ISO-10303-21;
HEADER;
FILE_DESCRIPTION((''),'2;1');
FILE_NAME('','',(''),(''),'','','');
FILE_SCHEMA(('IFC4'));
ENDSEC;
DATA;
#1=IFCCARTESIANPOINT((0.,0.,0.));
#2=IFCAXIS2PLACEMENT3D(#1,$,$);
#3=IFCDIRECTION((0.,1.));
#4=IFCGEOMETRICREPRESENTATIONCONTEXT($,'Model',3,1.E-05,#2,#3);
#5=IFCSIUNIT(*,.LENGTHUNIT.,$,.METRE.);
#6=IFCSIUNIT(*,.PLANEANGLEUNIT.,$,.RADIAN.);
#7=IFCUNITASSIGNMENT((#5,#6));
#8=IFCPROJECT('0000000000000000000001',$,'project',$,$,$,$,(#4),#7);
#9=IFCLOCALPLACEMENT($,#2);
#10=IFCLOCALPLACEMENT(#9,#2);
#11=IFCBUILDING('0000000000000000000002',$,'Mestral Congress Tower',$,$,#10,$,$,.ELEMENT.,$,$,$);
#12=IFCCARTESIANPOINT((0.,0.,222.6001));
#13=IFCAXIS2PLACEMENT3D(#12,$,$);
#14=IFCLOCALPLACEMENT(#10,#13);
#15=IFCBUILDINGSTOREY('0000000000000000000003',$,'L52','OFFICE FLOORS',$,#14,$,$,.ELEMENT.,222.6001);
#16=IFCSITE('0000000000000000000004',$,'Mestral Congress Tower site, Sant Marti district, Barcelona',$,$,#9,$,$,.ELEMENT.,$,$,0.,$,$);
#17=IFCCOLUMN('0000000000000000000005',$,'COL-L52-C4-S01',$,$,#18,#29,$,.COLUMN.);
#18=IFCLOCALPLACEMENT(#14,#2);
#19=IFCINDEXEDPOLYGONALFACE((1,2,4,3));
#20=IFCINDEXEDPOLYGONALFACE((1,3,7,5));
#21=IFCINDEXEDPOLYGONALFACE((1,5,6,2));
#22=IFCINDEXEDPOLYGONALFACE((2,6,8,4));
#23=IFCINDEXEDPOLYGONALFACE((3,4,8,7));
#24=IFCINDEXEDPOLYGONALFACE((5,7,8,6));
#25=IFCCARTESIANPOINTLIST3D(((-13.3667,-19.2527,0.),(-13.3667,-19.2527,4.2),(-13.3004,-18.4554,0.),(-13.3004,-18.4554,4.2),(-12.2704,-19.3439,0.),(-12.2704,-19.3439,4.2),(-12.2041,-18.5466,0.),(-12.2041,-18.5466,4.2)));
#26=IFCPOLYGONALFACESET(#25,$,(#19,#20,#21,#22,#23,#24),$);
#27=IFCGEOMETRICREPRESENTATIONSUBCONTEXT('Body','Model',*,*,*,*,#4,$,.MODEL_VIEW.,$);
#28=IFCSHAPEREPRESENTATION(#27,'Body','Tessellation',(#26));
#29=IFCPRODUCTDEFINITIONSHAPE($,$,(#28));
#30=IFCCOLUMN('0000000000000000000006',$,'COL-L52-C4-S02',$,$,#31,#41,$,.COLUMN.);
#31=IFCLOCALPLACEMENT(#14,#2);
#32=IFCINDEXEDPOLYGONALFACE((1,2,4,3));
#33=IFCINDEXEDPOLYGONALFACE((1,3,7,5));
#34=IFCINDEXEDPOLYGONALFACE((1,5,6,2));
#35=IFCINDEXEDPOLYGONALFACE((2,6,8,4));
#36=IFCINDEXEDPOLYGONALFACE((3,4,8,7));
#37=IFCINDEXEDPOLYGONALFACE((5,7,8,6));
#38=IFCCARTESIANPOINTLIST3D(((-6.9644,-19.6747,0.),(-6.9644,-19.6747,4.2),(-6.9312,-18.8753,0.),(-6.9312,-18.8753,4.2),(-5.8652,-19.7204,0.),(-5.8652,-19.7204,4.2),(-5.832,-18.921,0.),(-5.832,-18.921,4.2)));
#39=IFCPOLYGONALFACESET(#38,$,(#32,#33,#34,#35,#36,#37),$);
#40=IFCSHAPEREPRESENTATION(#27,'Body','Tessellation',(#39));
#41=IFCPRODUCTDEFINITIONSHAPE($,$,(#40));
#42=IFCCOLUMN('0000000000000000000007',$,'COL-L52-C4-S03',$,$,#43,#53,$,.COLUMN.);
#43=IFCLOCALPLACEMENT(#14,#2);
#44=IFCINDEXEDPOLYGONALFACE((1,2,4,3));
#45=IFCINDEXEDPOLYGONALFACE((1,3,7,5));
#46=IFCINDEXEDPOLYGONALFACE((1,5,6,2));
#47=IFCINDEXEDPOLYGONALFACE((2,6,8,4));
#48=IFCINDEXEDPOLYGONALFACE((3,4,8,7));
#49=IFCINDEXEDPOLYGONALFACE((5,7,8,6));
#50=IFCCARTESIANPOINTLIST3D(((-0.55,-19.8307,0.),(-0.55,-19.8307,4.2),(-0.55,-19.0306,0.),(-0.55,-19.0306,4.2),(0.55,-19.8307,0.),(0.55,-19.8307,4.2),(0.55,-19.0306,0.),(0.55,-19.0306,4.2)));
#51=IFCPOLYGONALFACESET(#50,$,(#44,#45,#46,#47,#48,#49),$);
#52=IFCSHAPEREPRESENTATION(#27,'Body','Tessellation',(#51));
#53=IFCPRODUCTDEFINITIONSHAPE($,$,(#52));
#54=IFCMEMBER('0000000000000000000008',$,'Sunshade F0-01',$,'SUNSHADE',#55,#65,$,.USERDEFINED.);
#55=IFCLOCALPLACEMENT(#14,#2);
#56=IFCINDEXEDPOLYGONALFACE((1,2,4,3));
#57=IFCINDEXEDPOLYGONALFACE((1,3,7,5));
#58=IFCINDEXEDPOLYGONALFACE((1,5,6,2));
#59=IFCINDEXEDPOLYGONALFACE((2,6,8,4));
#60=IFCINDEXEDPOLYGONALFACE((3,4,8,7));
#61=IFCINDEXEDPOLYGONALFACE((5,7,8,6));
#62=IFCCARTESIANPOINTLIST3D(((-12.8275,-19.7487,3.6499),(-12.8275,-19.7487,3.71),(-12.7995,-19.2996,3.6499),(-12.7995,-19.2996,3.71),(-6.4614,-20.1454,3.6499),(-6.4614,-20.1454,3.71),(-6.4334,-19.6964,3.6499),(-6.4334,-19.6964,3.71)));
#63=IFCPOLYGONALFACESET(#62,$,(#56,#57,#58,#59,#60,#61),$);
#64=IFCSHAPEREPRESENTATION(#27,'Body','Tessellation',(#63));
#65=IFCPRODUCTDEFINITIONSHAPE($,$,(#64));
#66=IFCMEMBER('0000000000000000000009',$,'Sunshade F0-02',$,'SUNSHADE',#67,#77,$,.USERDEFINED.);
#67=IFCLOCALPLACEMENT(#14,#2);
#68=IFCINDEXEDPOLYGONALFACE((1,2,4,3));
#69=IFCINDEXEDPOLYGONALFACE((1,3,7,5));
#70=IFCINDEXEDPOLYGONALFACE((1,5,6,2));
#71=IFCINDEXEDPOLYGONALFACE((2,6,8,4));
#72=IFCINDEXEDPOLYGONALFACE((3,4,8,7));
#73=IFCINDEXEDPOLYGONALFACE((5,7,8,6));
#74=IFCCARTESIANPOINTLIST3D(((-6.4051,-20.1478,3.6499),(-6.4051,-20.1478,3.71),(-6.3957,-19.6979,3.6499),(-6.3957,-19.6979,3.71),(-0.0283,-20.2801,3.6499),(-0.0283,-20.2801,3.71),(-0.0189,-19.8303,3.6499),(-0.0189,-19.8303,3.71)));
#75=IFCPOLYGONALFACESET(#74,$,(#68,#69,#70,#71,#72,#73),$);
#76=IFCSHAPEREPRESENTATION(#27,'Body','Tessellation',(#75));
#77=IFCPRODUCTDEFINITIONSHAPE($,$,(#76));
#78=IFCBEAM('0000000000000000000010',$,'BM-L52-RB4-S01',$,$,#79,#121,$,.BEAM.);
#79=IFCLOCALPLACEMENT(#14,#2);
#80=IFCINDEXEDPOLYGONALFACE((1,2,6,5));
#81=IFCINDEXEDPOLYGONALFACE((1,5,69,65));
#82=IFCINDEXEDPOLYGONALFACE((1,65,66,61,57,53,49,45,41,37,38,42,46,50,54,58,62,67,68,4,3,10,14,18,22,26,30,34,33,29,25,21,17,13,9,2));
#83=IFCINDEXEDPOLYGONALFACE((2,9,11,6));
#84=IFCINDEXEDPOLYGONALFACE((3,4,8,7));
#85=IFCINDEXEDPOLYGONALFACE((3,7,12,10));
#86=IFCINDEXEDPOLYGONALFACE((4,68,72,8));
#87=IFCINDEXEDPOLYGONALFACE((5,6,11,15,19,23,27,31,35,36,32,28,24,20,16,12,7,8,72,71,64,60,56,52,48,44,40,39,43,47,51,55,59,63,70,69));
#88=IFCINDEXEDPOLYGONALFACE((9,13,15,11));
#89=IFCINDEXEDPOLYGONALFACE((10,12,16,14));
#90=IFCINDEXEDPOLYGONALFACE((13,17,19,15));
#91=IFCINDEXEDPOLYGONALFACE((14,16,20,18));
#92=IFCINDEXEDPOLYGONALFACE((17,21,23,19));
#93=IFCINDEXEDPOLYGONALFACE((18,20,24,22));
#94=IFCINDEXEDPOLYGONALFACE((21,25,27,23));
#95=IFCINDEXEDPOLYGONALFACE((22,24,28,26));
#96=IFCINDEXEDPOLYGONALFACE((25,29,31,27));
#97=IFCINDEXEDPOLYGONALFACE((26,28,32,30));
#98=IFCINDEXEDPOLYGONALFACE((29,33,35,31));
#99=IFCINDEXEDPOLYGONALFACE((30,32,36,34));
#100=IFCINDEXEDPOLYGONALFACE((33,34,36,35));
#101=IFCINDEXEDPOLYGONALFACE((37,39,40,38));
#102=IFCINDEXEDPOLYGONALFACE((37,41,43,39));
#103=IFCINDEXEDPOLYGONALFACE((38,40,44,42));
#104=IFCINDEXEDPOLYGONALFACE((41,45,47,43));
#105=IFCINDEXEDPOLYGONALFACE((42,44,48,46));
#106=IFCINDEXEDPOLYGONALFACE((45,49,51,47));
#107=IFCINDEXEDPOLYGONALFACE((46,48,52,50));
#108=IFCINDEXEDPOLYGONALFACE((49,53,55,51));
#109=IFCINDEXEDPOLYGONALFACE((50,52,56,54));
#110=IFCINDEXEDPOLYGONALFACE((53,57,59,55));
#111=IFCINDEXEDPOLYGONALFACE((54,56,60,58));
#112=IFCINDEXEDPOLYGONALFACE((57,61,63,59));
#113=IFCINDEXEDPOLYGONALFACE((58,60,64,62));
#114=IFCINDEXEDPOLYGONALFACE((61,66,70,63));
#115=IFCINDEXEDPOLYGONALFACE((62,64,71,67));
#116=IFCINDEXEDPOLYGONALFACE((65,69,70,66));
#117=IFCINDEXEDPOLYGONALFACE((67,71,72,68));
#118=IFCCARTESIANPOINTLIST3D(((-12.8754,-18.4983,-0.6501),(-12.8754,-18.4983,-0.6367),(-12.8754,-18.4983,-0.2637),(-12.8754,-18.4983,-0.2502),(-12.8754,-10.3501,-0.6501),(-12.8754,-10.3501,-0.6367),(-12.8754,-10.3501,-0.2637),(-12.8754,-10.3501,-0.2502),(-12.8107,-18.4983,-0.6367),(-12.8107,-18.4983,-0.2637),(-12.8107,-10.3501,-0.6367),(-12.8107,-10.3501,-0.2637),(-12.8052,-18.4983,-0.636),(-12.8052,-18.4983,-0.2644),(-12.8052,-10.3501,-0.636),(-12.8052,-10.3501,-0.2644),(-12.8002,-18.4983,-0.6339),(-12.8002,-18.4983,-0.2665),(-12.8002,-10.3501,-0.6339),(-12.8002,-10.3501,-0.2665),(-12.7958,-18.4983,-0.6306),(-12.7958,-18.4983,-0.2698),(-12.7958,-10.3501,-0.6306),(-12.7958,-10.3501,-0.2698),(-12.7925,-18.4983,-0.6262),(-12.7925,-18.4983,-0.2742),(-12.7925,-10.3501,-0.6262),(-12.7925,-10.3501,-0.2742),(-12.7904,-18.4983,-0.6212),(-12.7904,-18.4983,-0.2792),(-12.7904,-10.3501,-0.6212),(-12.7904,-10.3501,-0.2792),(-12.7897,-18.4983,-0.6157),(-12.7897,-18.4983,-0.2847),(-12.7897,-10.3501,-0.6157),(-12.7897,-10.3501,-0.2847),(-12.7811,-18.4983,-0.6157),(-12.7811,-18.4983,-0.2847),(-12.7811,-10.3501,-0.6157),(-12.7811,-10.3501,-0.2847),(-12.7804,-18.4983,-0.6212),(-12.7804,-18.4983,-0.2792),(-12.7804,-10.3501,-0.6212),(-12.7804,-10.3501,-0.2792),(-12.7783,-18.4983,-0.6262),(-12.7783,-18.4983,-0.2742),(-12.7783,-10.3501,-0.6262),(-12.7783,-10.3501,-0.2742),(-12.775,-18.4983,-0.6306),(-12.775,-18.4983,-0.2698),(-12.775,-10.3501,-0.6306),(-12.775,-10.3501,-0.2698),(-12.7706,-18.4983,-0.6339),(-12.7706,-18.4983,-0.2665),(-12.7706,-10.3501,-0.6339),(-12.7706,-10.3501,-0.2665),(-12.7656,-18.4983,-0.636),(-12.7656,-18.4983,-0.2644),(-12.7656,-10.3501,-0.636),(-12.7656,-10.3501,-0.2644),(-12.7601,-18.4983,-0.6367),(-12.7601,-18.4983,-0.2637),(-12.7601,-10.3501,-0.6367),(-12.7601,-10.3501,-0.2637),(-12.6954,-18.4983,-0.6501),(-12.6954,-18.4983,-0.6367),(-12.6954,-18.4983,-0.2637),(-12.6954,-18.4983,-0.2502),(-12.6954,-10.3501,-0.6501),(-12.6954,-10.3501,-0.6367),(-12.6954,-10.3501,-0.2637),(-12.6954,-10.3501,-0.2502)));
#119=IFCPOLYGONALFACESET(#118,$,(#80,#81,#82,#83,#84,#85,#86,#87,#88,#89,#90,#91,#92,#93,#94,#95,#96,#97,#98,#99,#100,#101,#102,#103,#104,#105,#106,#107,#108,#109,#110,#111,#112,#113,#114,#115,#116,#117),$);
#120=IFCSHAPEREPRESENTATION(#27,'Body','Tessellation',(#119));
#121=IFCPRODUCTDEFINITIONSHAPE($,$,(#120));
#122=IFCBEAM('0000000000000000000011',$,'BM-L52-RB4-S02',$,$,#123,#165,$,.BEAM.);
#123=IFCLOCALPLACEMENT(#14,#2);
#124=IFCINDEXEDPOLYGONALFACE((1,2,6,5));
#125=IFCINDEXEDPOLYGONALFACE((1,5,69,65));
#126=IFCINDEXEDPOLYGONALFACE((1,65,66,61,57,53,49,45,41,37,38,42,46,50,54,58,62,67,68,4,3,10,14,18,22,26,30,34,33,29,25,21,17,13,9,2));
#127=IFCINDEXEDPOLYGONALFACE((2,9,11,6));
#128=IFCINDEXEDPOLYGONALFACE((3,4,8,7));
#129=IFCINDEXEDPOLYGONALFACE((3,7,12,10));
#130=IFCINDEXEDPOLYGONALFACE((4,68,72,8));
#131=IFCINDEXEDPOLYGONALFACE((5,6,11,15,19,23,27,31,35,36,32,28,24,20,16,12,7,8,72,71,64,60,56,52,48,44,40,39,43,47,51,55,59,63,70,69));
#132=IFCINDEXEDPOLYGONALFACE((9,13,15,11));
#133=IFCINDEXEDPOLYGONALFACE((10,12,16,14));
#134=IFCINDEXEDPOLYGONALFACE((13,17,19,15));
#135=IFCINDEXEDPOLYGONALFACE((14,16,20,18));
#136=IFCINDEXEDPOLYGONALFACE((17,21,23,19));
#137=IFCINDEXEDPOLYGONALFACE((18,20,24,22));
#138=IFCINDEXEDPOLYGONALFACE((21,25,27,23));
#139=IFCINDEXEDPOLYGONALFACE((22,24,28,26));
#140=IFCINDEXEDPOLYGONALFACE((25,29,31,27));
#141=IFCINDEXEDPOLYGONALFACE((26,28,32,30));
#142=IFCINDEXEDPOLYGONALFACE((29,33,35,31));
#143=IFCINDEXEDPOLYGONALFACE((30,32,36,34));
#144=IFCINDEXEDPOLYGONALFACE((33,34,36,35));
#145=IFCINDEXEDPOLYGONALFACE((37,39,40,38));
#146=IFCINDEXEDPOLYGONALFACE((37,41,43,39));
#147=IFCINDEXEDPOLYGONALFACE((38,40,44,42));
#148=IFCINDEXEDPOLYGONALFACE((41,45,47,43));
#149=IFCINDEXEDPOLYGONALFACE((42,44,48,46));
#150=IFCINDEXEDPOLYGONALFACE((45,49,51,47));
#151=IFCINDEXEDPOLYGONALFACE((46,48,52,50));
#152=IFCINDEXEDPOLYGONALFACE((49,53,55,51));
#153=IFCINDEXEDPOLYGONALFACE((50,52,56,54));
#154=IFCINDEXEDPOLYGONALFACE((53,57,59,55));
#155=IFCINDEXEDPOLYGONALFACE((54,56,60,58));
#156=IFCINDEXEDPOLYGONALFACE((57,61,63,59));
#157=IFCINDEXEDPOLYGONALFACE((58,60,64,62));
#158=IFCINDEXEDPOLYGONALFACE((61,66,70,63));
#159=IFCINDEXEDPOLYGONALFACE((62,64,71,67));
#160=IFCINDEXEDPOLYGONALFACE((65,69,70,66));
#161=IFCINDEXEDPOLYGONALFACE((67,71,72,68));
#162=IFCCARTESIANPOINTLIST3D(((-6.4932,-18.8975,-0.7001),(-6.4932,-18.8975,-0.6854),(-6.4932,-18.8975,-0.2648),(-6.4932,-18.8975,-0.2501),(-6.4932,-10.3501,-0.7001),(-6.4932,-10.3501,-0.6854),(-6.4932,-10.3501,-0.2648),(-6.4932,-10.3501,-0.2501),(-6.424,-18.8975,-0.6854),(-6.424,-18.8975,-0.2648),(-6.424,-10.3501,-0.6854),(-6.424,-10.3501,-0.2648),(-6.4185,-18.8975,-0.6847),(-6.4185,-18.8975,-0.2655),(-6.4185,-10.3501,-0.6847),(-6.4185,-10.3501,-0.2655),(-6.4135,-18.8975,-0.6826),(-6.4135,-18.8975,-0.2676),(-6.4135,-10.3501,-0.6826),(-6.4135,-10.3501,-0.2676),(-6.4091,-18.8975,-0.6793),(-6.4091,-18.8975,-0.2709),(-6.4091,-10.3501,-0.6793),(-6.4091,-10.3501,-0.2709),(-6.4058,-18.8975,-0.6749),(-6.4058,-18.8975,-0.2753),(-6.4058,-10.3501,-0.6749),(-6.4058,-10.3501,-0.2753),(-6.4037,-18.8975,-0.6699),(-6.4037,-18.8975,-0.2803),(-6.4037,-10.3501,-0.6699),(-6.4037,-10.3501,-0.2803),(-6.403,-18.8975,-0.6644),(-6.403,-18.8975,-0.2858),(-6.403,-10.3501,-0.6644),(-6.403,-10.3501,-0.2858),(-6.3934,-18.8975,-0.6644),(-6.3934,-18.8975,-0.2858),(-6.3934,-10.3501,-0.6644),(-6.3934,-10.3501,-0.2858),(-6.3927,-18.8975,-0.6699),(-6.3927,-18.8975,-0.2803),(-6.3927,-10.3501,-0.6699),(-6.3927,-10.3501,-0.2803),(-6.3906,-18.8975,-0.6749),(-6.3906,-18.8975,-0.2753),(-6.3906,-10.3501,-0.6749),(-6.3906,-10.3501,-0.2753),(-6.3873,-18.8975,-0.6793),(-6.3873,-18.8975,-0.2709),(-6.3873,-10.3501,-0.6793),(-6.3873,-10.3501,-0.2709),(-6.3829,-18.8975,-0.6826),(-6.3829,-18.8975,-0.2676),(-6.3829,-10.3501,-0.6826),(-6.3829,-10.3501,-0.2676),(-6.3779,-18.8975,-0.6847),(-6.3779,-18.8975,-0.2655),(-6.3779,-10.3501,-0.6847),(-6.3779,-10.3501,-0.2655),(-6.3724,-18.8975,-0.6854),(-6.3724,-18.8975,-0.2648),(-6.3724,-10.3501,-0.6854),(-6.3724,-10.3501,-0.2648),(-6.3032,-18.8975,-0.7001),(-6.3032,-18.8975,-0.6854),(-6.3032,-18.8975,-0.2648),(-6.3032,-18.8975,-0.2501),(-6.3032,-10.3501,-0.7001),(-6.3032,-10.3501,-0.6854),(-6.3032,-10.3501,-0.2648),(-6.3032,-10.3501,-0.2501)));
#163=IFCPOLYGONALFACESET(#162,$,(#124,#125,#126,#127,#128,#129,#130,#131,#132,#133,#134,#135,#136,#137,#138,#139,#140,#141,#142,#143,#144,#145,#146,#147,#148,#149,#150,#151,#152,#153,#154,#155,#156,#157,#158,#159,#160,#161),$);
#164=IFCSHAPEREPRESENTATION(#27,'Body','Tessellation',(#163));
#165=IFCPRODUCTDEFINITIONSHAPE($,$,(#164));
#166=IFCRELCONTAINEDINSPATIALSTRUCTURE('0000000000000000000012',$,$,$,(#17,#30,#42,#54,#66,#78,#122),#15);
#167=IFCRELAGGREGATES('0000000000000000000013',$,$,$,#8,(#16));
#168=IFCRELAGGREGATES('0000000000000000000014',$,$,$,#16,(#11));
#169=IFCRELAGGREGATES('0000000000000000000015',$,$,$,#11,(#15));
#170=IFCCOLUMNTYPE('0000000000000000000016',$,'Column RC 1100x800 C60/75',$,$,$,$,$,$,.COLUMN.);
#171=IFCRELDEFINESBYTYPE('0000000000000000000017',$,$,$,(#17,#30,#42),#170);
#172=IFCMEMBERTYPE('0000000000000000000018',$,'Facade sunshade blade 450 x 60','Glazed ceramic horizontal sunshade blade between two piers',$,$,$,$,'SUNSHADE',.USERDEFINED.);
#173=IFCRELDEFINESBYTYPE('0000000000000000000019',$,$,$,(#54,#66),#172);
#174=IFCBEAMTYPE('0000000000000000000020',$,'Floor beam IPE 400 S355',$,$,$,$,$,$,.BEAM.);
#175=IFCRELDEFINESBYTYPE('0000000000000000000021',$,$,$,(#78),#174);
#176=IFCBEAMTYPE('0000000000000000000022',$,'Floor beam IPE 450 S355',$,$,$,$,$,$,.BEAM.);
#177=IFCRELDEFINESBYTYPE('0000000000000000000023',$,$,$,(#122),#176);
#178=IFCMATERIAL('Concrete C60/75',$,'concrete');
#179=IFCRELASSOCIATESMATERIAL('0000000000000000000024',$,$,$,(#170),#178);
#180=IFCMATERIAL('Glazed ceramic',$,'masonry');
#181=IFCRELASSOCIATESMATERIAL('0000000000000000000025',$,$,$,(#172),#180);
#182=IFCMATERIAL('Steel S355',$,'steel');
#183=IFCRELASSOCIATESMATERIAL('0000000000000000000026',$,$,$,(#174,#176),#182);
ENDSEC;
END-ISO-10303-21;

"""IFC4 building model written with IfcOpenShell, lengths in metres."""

from ifc_helpers import new_model, si_unit, direction, frame, origin, origin_2d, place, context, subcontext, project, spatial, rectangle, i_section, extrude, material, material_profile, profile_set, type_object, element, save


model = new_model("IFC4")

# Units and contexts
model_context = context("Model", 3, precision=1e-05, world=origin(), true_north=direction((0.0, 1.0)))
body_context = subcontext(model_context, "Body", "Model", "MODEL_VIEW")
ifc_project = project(units=[si_unit("LENGTHUNIT", "METRE"), si_unit("PLANEANGLEUNIT", "RADIAN")], contexts=[model_context])

# Site, building, storey
site_placement = place(None, origin())
site = spatial("IfcSite", under=ifc_project, at=site_placement, Name="Mestral Congress Tower site, Sant Marti district, Barcelona", CompositionType="ELEMENT", RefElevation=0.0)
building_placement = place(site_placement, origin())
building = spatial("IfcBuilding", under=site, at=building_placement, Name="Mestral Congress Tower", CompositionType="ELEMENT")
storey_placement = place(building_placement, frame((0.0, 0.0, 222.6001)))
storey = spatial("IfcBuildingStorey", under=building, at=storey_placement, Name="L52", Description="OFFICE FLOORS", CompositionType="ELEMENT", Elevation=222.6001)

# Columns
ifc_material_1 = material(Name="Concrete C60/75", Category="concrete")
ifc_material_profile_1 = material_profile(ifc_material_1, rectangle(XDim=1.1001, YDim=0.8, at=origin_2d()), Name="RC 1100x800")
ifc_profile_set_1 = profile_set([ifc_material_profile_1], Name="Concrete C60/75")
column_type = type_object("IfcColumnType", Name="Column RC 1100x800 C60/75", PredefinedType="COLUMN", material=ifc_profile_set_1)
for number, where, z_axis, x_axis, name in (
    (1, (-12.7854, -18.8997, 0.0), (0.0, 0.0, 1.0), (0.996557, -0.082914, 0.0), "COL-L52-C4-S01"),
    (2, (-6.3982, -19.2979, 0.0), (0.0, 0.0, 1.0), (0.999139, -0.041492, 0.0), "COL-L52-C4-S02"),
    (3, (0.0, -19.4307, 0.0), (0.0, 0.0, 1.0), (1.0, 0.0, 0.0), "COL-L52-C4-S03"),
):
    element("IfcColumn", number, at=place(storey_placement, frame(where, z_axis=z_axis, x_axis=x_axis)), inside=storey, type_object=column_type, Name=name, PredefinedType="COLUMN", context=body_context, shape_type="SweptSolid", body=[
        extrude(rectangle(XDim=1.1001, YDim=0.8, at=origin_2d()), origin(), (0.0, 0.0, 1.0), 4.2),
    ])

# Members
ifc_material_2 = material(Name="Glazed ceramic", Category="masonry")
ifc_material_profile_2 = material_profile(ifc_material_2, rectangle(XDim=0.45, YDim=0.0601, at=origin_2d()), Name="Ceramic blade 450 x 60")
ifc_profile_set_2 = profile_set([ifc_material_profile_2], Name="Glazed ceramic")
member_type = type_object("IfcMemberType", Name="Facade sunshade blade 450 x 60", Description="Glazed ceramic horizontal sunshade blade between two piers", ElementType="SUNSHADE", PredefinedType="USERDEFINED", material=ifc_profile_set_2)
member_1_placement = place(storey_placement, frame((-12.8135, -19.5242, 3.6799), z_axis=(0.998064, -0.0622, 0.0), x_axis=(0.0622, 0.998064, 0.0)))
element("IfcMember", 4, at=member_1_placement, inside=storey, type_object=member_type, Name="Sunshade F0-01", ObjectType="SUNSHADE", PredefinedType="USERDEFINED", context=body_context, shape_type="SweptSolid", body=[
    extrude(rectangle(XDim=0.45, YDim=0.0601, at=origin_2d()), origin(), (0.0, 0.0, 1.0), 6.3784),
])
member_2_placement = place(storey_placement, frame((-6.4004, -19.9229, 3.6799), z_axis=(0.999785, -0.020747, 0.0), x_axis=(0.020747, 0.999785, 0.0)))
element("IfcMember", 5, at=member_2_placement, inside=storey, type_object=member_type, Name="Sunshade F0-02", ObjectType="SUNSHADE", PredefinedType="USERDEFINED", context=body_context, shape_type="SweptSolid", body=[
    extrude(rectangle(XDim=0.45, YDim=0.0601, at=origin_2d()), origin(), (0.0, 0.0, 1.0), 6.3782),
])

# Beams
ifc_material_3 = material(Name="Steel S355", Category="steel")
ifc_material_profile_3 = material_profile(ifc_material_3, i_section(OverallWidth=0.1799, OverallDepth=0.3999, WebThickness=0.0085, FlangeThickness=0.0134, FilletRadius=0.021, at=origin_2d()), Name="IPE 400")
ifc_profile_set_3 = profile_set([ifc_material_profile_3], Name="Steel S355")
beam_type_1 = type_object("IfcBeamType", Name="Floor beam IPE 400 S355", PredefinedType="BEAM", material=ifc_profile_set_3)
beam_1_placement = place(storey_placement, frame((-12.7854, -18.4983, -0.4502), z_axis=(0.0, 1.0, 0.0), x_axis=(-1.0, 0.0, 0.0)))
element("IfcBeam", 6, at=beam_1_placement, inside=storey, type_object=beam_type_1, Name="BM-L52-RB4-S01", PredefinedType="BEAM", context=body_context, shape_type="SweptSolid", body=[
    extrude(i_section(OverallWidth=0.1799, OverallDepth=0.3999, WebThickness=0.0085, FlangeThickness=0.0134, FilletRadius=0.021, at=origin_2d()), origin(), (0.0, 0.0, 1.0), 8.1482),
])
ifc_material_profile_4 = material_profile(ifc_material_3, i_section(OverallWidth=0.1899, OverallDepth=0.45, WebThickness=0.0095, FlangeThickness=0.0146, FilletRadius=0.021, at=origin_2d()), Name="IPE 450")
ifc_profile_set_4 = profile_set([ifc_material_profile_4], Name="Steel S355")
beam_type_2 = type_object("IfcBeamType", Name="Floor beam IPE 450 S355", PredefinedType="BEAM", material=ifc_profile_set_4)
beam_2_placement = place(storey_placement, frame((-6.3982, -18.8975, -0.4751), z_axis=(0.0, 1.0, 0.0), x_axis=(-1.0, 0.0, 0.0)))
element("IfcBeam", 7, at=beam_2_placement, inside=storey, type_object=beam_type_2, Name="BM-L52-RB4-S02", PredefinedType="BEAM", context=body_context, shape_type="SweptSolid", body=[
    extrude(i_section(OverallWidth=0.1899, OverallDepth=0.45, WebThickness=0.0095, FlangeThickness=0.0146, FilletRadius=0.021, at=origin_2d()), origin(), (0.0, 0.0, 1.0), 8.5474),
])

save(model, "model.ifc")
